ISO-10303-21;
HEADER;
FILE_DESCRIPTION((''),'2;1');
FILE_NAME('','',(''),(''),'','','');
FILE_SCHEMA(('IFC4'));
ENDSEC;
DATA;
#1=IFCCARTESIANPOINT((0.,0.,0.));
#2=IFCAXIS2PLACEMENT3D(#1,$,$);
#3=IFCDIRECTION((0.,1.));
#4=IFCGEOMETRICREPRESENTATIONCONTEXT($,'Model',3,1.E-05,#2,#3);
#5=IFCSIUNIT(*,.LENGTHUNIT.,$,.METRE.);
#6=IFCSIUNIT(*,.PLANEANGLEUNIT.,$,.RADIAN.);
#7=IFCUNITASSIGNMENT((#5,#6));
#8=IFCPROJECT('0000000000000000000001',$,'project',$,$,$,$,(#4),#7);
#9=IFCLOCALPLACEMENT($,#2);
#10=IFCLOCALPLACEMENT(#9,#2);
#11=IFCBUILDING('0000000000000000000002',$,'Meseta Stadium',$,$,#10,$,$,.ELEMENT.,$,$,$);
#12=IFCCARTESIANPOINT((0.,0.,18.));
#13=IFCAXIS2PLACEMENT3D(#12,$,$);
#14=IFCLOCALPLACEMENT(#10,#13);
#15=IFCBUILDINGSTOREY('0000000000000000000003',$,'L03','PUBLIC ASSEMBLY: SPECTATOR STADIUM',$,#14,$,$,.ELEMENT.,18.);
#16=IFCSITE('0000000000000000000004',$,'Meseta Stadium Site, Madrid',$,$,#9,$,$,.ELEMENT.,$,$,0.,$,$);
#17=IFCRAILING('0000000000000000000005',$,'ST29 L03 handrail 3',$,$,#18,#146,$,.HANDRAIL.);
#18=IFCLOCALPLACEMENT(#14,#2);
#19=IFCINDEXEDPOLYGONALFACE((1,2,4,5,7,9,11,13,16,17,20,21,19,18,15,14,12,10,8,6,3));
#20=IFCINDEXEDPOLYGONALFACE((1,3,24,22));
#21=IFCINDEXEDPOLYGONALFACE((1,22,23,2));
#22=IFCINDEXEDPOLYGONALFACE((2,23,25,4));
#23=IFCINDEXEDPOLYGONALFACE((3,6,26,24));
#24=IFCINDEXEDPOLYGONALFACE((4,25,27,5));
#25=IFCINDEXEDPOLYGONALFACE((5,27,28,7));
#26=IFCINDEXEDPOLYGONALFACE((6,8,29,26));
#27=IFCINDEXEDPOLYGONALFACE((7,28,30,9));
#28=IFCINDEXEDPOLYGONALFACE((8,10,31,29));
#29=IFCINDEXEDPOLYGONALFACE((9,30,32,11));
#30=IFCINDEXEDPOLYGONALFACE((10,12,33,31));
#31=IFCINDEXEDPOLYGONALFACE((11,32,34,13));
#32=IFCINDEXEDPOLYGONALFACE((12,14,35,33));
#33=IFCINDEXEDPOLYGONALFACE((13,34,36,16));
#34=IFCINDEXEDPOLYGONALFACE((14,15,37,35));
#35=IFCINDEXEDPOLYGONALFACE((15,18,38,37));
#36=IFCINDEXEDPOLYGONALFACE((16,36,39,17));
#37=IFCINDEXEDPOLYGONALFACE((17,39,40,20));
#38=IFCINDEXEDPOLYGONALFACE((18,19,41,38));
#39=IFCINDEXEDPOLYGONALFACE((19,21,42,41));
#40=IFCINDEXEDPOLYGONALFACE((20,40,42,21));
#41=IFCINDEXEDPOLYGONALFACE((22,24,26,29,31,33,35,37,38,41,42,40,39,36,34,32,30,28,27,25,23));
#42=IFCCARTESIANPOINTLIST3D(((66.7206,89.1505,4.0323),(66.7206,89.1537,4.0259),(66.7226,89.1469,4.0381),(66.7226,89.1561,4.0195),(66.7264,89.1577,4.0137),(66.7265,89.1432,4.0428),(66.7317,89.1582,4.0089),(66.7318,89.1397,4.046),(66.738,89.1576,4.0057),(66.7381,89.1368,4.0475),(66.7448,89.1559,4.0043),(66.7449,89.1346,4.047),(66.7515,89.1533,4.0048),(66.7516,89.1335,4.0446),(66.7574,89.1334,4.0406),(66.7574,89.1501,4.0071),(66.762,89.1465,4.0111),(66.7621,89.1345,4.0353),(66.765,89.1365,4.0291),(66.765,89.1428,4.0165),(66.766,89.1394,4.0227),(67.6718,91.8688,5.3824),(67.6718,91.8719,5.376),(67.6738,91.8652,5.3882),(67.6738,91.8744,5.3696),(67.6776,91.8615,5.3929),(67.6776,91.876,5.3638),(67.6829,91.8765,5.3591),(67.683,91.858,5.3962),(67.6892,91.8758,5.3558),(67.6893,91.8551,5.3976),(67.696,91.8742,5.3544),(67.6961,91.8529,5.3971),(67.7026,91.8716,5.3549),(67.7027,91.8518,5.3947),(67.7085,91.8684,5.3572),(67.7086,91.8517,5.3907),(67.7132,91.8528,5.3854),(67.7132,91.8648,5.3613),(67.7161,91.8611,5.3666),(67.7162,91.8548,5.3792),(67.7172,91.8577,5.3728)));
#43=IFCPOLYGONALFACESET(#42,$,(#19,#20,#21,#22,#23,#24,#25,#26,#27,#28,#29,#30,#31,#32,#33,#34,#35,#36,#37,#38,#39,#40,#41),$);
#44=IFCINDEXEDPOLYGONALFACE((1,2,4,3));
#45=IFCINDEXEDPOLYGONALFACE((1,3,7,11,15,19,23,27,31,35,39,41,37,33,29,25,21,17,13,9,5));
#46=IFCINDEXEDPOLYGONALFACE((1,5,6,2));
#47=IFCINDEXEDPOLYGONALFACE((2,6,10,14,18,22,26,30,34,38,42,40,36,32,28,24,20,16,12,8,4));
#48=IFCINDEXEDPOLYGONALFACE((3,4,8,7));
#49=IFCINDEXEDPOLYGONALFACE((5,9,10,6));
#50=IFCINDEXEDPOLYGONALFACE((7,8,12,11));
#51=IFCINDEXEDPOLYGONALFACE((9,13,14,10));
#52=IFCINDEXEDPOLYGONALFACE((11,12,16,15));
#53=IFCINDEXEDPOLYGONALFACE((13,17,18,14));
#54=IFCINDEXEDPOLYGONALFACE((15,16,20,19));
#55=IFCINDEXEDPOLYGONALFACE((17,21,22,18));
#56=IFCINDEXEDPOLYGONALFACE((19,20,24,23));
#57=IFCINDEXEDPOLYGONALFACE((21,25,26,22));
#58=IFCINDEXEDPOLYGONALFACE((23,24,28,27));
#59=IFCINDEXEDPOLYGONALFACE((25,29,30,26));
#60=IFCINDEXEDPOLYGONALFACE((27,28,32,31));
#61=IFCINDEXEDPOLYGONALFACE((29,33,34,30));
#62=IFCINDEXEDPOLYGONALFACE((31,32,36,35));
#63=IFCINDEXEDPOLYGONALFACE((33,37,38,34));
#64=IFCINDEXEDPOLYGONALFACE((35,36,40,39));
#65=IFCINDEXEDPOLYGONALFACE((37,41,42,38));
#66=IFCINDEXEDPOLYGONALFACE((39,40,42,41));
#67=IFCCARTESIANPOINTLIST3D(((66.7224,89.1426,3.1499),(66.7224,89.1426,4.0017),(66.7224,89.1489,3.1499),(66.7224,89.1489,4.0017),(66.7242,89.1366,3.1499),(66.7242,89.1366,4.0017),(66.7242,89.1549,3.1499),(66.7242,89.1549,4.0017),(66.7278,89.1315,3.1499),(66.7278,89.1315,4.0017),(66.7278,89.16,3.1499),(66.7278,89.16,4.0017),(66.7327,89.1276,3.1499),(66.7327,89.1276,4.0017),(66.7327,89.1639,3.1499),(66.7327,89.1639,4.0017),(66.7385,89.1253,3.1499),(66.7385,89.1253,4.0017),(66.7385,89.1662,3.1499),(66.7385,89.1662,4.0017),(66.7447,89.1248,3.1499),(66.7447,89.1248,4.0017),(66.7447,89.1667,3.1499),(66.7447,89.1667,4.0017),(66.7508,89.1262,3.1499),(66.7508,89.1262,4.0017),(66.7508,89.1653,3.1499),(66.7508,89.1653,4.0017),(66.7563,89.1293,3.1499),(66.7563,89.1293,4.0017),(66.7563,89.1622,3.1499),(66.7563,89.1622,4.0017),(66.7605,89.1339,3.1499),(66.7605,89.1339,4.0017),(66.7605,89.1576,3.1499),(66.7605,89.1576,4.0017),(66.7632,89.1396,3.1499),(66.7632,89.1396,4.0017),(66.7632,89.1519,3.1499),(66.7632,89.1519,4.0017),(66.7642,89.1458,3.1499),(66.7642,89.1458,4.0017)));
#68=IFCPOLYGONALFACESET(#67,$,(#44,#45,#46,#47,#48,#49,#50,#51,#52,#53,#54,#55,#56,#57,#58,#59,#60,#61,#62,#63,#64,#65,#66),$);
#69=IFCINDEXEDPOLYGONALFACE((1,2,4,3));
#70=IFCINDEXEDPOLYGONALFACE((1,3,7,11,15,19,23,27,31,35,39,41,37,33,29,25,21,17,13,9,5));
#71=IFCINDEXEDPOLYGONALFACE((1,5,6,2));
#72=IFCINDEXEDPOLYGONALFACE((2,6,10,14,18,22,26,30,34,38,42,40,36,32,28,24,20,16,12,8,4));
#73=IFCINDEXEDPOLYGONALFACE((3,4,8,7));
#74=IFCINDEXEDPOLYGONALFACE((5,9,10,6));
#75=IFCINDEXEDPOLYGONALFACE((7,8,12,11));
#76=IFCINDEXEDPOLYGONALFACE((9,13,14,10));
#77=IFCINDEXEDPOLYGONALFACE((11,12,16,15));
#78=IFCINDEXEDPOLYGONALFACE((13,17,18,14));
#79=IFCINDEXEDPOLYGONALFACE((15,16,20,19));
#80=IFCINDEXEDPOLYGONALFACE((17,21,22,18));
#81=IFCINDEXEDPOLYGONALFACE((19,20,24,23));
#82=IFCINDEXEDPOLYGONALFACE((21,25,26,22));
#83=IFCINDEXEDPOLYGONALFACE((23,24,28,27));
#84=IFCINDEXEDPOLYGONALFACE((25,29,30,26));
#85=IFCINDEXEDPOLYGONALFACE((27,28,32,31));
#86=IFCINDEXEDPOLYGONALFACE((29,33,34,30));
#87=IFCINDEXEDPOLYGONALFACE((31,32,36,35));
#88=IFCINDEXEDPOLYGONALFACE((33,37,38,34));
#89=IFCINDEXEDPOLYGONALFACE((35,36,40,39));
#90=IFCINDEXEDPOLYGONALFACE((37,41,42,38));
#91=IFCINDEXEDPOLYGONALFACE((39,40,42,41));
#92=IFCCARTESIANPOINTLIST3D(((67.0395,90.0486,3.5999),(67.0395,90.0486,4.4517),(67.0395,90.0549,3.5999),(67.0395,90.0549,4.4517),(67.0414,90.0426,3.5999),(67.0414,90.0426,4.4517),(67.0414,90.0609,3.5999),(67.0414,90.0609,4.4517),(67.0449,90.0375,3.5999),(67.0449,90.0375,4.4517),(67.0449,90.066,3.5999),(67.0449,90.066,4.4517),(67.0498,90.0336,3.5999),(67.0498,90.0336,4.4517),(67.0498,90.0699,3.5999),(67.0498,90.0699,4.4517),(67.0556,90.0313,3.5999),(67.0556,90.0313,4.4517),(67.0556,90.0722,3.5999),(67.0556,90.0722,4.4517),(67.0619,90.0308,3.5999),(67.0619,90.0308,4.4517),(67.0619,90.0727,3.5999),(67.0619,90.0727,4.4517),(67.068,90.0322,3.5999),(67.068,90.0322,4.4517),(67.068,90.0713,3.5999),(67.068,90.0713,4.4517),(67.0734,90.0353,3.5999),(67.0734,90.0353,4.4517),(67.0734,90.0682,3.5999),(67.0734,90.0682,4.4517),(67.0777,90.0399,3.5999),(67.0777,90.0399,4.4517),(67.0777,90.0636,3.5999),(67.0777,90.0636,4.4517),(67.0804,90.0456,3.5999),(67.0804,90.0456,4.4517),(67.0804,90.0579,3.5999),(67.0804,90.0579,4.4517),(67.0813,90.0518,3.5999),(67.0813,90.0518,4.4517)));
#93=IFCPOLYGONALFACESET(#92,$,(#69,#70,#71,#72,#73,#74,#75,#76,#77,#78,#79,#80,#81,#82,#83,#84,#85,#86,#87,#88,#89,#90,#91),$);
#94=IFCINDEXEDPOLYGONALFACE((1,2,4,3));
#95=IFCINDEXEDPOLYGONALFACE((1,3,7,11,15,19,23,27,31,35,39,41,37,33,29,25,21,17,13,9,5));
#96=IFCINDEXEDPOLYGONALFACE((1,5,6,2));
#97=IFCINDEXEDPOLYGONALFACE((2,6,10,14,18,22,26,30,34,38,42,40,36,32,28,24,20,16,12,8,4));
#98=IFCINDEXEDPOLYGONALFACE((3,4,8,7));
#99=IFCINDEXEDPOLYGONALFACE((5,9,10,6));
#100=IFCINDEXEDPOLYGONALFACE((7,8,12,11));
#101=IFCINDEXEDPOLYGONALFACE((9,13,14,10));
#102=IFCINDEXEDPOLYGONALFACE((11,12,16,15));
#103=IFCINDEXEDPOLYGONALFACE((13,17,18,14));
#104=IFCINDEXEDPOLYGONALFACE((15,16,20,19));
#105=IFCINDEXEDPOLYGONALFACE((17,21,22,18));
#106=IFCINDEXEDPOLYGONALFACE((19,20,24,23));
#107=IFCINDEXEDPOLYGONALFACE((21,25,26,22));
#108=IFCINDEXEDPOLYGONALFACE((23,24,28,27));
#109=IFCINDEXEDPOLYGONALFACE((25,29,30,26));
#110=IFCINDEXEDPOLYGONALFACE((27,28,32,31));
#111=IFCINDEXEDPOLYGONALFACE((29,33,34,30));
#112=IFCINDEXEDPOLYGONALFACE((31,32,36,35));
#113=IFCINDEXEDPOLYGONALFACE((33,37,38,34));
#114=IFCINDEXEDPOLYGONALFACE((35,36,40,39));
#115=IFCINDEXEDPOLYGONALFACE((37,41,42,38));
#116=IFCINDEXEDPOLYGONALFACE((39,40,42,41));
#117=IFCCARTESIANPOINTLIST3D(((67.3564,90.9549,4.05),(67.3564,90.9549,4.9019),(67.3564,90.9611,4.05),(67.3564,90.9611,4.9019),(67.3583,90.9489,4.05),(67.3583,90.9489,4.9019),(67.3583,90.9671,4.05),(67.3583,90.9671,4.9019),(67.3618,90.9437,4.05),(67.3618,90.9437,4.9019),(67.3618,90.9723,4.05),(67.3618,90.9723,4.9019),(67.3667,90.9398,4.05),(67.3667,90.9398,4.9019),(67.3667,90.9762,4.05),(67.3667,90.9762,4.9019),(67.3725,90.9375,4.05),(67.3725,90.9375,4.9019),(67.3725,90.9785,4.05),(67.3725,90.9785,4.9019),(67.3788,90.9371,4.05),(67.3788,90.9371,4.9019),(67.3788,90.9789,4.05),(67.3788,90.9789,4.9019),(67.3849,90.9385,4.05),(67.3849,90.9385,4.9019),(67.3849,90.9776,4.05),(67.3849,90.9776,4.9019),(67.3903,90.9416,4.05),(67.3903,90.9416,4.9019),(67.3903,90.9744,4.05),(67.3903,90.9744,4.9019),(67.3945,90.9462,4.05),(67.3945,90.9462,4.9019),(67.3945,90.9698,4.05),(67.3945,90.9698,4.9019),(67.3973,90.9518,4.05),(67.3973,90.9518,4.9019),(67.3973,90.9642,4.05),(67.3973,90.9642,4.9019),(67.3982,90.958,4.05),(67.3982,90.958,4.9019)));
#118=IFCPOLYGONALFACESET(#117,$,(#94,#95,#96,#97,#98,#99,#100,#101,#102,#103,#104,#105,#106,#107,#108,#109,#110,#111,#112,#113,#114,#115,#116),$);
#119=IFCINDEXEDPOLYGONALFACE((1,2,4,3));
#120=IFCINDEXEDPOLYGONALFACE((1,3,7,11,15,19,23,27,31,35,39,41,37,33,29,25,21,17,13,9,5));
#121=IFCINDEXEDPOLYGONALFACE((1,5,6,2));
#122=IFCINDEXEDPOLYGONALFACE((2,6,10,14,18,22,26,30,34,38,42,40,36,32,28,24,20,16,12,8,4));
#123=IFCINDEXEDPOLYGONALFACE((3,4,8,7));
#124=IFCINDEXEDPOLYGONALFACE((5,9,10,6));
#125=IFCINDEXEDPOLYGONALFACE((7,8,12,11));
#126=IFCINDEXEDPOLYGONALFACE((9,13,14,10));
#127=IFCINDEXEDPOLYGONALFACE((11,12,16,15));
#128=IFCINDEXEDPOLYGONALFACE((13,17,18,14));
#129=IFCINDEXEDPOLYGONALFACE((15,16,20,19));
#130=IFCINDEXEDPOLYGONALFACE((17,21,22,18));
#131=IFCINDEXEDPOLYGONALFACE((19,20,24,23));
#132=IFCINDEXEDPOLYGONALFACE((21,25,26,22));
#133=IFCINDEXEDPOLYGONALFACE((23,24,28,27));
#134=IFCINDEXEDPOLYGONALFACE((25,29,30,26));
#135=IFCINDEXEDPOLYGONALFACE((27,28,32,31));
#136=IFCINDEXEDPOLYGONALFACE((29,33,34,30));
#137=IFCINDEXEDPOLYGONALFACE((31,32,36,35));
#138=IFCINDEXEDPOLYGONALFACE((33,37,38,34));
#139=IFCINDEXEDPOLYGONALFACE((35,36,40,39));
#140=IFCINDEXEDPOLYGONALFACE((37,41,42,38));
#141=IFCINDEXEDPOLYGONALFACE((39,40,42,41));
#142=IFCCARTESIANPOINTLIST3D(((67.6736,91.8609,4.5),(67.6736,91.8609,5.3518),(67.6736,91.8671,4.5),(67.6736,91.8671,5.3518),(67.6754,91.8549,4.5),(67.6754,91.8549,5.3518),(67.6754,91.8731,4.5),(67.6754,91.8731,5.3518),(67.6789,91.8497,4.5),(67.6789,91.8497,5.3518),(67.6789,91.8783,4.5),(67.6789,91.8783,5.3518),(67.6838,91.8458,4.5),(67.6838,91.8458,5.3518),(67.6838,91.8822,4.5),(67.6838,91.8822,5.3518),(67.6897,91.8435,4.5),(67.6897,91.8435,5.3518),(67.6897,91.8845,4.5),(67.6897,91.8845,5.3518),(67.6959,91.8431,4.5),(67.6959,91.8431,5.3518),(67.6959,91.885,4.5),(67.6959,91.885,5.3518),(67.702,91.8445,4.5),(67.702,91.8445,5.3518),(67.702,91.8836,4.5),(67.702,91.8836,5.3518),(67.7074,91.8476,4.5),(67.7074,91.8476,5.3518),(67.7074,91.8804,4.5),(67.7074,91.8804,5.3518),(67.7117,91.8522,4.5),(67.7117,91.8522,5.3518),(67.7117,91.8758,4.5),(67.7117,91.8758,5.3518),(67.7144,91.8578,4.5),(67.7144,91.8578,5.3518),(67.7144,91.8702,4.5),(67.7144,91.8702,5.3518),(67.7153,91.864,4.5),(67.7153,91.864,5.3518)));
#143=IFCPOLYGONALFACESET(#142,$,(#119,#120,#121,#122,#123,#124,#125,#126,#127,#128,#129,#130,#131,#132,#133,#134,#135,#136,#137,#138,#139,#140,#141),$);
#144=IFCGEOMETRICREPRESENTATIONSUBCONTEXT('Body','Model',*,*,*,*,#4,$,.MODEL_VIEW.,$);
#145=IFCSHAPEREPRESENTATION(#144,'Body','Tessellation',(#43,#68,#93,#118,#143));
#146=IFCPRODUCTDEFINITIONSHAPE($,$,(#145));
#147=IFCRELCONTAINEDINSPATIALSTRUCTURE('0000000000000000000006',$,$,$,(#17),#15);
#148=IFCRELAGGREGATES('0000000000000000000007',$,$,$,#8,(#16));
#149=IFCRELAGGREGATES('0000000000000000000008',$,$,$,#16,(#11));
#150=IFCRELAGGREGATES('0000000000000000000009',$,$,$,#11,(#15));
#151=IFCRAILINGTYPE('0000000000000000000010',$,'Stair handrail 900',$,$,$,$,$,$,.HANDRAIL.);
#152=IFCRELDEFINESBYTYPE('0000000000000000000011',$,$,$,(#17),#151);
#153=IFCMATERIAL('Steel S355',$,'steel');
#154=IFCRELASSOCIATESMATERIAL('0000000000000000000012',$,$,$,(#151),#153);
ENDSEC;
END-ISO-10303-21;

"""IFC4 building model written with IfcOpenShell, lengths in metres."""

from ifc_helpers import new_model, si_unit, direction, frame, origin, origin_2d, place, context, subcontext, project, spatial, circle, extrude, material, type_object, element, save


model = new_model("IFC4")

# Units and contexts
model_context = context("Model", 3, precision=1e-05, world=origin(), true_north=direction((0.0, 1.0)))
body_context = subcontext(model_context, "Body", "Model", "MODEL_VIEW")
ifc_project = project(units=[si_unit("LENGTHUNIT", "METRE"), si_unit("PLANEANGLEUNIT", "RADIAN")], contexts=[model_context])

# Site, building, storey
site_placement = place(None, origin())
site = spatial("IfcSite", under=ifc_project, at=site_placement, Name="Meseta Stadium Site, Madrid", CompositionType="ELEMENT", RefElevation=0.0)
building_placement = place(site_placement, origin())
building = spatial("IfcBuilding", under=site, at=building_placement, Name="Meseta Stadium", CompositionType="ELEMENT")
storey_placement = place(building_placement, frame((0.0, 0.0, 18.0)))
storey = spatial("IfcBuildingStorey", under=building, at=storey_placement, Name="L03", Description="PUBLIC ASSEMBLY: SPECTATOR STADIUM", CompositionType="ELEMENT", Elevation=18.0)

# Railing
ifc_material_1 = material(Name="Steel S355", Category="steel")
railing_type_1 = type_object("IfcRailingType", Name="Stair handrail 900", PredefinedType="HANDRAIL", material=ifc_material_1)
for number, where, name in (
    (1, (66.7432, 89.1458, 3.1499), "ST29 L03 handrail 3"),
):
    element("IfcRailing", number, at=place(storey_placement, frame(where)), inside=storey, type_object=railing_type_1, Name=name, PredefinedType="HANDRAIL", context=body_context, shape_type="SweptSolid", body=[
        extrude(circle(Radius=0.0239, at=origin_2d()), frame((0.0, 0.0, 0.876), z_axis=(0.299051, 0.854629, 0.424474), x_axis=(-0.943882, 0.330282, 0.0)), (0.0, 0.0, 1.0), 3.1807),
        extrude(circle(Radius=0.021, at=origin_2d()), origin(), (0.0, 0.0, 1.0), 0.8518),
        extrude(circle(Radius=0.021, at=origin_2d()), frame((0.3171, 0.906, 0.45)), (0.0, 0.0, 1.0), 0.8518),
        extrude(circle(Radius=0.021, at=origin_2d()), frame((0.634, 1.8123, 0.9001)), (0.0, 0.0, 1.0), 0.8518),
        extrude(circle(Radius=0.021, at=origin_2d()), frame((0.9512, 2.7183, 1.3501)), (0.0, 0.0, 1.0), 0.8518),
    ])

save(model, "model.ifc")
